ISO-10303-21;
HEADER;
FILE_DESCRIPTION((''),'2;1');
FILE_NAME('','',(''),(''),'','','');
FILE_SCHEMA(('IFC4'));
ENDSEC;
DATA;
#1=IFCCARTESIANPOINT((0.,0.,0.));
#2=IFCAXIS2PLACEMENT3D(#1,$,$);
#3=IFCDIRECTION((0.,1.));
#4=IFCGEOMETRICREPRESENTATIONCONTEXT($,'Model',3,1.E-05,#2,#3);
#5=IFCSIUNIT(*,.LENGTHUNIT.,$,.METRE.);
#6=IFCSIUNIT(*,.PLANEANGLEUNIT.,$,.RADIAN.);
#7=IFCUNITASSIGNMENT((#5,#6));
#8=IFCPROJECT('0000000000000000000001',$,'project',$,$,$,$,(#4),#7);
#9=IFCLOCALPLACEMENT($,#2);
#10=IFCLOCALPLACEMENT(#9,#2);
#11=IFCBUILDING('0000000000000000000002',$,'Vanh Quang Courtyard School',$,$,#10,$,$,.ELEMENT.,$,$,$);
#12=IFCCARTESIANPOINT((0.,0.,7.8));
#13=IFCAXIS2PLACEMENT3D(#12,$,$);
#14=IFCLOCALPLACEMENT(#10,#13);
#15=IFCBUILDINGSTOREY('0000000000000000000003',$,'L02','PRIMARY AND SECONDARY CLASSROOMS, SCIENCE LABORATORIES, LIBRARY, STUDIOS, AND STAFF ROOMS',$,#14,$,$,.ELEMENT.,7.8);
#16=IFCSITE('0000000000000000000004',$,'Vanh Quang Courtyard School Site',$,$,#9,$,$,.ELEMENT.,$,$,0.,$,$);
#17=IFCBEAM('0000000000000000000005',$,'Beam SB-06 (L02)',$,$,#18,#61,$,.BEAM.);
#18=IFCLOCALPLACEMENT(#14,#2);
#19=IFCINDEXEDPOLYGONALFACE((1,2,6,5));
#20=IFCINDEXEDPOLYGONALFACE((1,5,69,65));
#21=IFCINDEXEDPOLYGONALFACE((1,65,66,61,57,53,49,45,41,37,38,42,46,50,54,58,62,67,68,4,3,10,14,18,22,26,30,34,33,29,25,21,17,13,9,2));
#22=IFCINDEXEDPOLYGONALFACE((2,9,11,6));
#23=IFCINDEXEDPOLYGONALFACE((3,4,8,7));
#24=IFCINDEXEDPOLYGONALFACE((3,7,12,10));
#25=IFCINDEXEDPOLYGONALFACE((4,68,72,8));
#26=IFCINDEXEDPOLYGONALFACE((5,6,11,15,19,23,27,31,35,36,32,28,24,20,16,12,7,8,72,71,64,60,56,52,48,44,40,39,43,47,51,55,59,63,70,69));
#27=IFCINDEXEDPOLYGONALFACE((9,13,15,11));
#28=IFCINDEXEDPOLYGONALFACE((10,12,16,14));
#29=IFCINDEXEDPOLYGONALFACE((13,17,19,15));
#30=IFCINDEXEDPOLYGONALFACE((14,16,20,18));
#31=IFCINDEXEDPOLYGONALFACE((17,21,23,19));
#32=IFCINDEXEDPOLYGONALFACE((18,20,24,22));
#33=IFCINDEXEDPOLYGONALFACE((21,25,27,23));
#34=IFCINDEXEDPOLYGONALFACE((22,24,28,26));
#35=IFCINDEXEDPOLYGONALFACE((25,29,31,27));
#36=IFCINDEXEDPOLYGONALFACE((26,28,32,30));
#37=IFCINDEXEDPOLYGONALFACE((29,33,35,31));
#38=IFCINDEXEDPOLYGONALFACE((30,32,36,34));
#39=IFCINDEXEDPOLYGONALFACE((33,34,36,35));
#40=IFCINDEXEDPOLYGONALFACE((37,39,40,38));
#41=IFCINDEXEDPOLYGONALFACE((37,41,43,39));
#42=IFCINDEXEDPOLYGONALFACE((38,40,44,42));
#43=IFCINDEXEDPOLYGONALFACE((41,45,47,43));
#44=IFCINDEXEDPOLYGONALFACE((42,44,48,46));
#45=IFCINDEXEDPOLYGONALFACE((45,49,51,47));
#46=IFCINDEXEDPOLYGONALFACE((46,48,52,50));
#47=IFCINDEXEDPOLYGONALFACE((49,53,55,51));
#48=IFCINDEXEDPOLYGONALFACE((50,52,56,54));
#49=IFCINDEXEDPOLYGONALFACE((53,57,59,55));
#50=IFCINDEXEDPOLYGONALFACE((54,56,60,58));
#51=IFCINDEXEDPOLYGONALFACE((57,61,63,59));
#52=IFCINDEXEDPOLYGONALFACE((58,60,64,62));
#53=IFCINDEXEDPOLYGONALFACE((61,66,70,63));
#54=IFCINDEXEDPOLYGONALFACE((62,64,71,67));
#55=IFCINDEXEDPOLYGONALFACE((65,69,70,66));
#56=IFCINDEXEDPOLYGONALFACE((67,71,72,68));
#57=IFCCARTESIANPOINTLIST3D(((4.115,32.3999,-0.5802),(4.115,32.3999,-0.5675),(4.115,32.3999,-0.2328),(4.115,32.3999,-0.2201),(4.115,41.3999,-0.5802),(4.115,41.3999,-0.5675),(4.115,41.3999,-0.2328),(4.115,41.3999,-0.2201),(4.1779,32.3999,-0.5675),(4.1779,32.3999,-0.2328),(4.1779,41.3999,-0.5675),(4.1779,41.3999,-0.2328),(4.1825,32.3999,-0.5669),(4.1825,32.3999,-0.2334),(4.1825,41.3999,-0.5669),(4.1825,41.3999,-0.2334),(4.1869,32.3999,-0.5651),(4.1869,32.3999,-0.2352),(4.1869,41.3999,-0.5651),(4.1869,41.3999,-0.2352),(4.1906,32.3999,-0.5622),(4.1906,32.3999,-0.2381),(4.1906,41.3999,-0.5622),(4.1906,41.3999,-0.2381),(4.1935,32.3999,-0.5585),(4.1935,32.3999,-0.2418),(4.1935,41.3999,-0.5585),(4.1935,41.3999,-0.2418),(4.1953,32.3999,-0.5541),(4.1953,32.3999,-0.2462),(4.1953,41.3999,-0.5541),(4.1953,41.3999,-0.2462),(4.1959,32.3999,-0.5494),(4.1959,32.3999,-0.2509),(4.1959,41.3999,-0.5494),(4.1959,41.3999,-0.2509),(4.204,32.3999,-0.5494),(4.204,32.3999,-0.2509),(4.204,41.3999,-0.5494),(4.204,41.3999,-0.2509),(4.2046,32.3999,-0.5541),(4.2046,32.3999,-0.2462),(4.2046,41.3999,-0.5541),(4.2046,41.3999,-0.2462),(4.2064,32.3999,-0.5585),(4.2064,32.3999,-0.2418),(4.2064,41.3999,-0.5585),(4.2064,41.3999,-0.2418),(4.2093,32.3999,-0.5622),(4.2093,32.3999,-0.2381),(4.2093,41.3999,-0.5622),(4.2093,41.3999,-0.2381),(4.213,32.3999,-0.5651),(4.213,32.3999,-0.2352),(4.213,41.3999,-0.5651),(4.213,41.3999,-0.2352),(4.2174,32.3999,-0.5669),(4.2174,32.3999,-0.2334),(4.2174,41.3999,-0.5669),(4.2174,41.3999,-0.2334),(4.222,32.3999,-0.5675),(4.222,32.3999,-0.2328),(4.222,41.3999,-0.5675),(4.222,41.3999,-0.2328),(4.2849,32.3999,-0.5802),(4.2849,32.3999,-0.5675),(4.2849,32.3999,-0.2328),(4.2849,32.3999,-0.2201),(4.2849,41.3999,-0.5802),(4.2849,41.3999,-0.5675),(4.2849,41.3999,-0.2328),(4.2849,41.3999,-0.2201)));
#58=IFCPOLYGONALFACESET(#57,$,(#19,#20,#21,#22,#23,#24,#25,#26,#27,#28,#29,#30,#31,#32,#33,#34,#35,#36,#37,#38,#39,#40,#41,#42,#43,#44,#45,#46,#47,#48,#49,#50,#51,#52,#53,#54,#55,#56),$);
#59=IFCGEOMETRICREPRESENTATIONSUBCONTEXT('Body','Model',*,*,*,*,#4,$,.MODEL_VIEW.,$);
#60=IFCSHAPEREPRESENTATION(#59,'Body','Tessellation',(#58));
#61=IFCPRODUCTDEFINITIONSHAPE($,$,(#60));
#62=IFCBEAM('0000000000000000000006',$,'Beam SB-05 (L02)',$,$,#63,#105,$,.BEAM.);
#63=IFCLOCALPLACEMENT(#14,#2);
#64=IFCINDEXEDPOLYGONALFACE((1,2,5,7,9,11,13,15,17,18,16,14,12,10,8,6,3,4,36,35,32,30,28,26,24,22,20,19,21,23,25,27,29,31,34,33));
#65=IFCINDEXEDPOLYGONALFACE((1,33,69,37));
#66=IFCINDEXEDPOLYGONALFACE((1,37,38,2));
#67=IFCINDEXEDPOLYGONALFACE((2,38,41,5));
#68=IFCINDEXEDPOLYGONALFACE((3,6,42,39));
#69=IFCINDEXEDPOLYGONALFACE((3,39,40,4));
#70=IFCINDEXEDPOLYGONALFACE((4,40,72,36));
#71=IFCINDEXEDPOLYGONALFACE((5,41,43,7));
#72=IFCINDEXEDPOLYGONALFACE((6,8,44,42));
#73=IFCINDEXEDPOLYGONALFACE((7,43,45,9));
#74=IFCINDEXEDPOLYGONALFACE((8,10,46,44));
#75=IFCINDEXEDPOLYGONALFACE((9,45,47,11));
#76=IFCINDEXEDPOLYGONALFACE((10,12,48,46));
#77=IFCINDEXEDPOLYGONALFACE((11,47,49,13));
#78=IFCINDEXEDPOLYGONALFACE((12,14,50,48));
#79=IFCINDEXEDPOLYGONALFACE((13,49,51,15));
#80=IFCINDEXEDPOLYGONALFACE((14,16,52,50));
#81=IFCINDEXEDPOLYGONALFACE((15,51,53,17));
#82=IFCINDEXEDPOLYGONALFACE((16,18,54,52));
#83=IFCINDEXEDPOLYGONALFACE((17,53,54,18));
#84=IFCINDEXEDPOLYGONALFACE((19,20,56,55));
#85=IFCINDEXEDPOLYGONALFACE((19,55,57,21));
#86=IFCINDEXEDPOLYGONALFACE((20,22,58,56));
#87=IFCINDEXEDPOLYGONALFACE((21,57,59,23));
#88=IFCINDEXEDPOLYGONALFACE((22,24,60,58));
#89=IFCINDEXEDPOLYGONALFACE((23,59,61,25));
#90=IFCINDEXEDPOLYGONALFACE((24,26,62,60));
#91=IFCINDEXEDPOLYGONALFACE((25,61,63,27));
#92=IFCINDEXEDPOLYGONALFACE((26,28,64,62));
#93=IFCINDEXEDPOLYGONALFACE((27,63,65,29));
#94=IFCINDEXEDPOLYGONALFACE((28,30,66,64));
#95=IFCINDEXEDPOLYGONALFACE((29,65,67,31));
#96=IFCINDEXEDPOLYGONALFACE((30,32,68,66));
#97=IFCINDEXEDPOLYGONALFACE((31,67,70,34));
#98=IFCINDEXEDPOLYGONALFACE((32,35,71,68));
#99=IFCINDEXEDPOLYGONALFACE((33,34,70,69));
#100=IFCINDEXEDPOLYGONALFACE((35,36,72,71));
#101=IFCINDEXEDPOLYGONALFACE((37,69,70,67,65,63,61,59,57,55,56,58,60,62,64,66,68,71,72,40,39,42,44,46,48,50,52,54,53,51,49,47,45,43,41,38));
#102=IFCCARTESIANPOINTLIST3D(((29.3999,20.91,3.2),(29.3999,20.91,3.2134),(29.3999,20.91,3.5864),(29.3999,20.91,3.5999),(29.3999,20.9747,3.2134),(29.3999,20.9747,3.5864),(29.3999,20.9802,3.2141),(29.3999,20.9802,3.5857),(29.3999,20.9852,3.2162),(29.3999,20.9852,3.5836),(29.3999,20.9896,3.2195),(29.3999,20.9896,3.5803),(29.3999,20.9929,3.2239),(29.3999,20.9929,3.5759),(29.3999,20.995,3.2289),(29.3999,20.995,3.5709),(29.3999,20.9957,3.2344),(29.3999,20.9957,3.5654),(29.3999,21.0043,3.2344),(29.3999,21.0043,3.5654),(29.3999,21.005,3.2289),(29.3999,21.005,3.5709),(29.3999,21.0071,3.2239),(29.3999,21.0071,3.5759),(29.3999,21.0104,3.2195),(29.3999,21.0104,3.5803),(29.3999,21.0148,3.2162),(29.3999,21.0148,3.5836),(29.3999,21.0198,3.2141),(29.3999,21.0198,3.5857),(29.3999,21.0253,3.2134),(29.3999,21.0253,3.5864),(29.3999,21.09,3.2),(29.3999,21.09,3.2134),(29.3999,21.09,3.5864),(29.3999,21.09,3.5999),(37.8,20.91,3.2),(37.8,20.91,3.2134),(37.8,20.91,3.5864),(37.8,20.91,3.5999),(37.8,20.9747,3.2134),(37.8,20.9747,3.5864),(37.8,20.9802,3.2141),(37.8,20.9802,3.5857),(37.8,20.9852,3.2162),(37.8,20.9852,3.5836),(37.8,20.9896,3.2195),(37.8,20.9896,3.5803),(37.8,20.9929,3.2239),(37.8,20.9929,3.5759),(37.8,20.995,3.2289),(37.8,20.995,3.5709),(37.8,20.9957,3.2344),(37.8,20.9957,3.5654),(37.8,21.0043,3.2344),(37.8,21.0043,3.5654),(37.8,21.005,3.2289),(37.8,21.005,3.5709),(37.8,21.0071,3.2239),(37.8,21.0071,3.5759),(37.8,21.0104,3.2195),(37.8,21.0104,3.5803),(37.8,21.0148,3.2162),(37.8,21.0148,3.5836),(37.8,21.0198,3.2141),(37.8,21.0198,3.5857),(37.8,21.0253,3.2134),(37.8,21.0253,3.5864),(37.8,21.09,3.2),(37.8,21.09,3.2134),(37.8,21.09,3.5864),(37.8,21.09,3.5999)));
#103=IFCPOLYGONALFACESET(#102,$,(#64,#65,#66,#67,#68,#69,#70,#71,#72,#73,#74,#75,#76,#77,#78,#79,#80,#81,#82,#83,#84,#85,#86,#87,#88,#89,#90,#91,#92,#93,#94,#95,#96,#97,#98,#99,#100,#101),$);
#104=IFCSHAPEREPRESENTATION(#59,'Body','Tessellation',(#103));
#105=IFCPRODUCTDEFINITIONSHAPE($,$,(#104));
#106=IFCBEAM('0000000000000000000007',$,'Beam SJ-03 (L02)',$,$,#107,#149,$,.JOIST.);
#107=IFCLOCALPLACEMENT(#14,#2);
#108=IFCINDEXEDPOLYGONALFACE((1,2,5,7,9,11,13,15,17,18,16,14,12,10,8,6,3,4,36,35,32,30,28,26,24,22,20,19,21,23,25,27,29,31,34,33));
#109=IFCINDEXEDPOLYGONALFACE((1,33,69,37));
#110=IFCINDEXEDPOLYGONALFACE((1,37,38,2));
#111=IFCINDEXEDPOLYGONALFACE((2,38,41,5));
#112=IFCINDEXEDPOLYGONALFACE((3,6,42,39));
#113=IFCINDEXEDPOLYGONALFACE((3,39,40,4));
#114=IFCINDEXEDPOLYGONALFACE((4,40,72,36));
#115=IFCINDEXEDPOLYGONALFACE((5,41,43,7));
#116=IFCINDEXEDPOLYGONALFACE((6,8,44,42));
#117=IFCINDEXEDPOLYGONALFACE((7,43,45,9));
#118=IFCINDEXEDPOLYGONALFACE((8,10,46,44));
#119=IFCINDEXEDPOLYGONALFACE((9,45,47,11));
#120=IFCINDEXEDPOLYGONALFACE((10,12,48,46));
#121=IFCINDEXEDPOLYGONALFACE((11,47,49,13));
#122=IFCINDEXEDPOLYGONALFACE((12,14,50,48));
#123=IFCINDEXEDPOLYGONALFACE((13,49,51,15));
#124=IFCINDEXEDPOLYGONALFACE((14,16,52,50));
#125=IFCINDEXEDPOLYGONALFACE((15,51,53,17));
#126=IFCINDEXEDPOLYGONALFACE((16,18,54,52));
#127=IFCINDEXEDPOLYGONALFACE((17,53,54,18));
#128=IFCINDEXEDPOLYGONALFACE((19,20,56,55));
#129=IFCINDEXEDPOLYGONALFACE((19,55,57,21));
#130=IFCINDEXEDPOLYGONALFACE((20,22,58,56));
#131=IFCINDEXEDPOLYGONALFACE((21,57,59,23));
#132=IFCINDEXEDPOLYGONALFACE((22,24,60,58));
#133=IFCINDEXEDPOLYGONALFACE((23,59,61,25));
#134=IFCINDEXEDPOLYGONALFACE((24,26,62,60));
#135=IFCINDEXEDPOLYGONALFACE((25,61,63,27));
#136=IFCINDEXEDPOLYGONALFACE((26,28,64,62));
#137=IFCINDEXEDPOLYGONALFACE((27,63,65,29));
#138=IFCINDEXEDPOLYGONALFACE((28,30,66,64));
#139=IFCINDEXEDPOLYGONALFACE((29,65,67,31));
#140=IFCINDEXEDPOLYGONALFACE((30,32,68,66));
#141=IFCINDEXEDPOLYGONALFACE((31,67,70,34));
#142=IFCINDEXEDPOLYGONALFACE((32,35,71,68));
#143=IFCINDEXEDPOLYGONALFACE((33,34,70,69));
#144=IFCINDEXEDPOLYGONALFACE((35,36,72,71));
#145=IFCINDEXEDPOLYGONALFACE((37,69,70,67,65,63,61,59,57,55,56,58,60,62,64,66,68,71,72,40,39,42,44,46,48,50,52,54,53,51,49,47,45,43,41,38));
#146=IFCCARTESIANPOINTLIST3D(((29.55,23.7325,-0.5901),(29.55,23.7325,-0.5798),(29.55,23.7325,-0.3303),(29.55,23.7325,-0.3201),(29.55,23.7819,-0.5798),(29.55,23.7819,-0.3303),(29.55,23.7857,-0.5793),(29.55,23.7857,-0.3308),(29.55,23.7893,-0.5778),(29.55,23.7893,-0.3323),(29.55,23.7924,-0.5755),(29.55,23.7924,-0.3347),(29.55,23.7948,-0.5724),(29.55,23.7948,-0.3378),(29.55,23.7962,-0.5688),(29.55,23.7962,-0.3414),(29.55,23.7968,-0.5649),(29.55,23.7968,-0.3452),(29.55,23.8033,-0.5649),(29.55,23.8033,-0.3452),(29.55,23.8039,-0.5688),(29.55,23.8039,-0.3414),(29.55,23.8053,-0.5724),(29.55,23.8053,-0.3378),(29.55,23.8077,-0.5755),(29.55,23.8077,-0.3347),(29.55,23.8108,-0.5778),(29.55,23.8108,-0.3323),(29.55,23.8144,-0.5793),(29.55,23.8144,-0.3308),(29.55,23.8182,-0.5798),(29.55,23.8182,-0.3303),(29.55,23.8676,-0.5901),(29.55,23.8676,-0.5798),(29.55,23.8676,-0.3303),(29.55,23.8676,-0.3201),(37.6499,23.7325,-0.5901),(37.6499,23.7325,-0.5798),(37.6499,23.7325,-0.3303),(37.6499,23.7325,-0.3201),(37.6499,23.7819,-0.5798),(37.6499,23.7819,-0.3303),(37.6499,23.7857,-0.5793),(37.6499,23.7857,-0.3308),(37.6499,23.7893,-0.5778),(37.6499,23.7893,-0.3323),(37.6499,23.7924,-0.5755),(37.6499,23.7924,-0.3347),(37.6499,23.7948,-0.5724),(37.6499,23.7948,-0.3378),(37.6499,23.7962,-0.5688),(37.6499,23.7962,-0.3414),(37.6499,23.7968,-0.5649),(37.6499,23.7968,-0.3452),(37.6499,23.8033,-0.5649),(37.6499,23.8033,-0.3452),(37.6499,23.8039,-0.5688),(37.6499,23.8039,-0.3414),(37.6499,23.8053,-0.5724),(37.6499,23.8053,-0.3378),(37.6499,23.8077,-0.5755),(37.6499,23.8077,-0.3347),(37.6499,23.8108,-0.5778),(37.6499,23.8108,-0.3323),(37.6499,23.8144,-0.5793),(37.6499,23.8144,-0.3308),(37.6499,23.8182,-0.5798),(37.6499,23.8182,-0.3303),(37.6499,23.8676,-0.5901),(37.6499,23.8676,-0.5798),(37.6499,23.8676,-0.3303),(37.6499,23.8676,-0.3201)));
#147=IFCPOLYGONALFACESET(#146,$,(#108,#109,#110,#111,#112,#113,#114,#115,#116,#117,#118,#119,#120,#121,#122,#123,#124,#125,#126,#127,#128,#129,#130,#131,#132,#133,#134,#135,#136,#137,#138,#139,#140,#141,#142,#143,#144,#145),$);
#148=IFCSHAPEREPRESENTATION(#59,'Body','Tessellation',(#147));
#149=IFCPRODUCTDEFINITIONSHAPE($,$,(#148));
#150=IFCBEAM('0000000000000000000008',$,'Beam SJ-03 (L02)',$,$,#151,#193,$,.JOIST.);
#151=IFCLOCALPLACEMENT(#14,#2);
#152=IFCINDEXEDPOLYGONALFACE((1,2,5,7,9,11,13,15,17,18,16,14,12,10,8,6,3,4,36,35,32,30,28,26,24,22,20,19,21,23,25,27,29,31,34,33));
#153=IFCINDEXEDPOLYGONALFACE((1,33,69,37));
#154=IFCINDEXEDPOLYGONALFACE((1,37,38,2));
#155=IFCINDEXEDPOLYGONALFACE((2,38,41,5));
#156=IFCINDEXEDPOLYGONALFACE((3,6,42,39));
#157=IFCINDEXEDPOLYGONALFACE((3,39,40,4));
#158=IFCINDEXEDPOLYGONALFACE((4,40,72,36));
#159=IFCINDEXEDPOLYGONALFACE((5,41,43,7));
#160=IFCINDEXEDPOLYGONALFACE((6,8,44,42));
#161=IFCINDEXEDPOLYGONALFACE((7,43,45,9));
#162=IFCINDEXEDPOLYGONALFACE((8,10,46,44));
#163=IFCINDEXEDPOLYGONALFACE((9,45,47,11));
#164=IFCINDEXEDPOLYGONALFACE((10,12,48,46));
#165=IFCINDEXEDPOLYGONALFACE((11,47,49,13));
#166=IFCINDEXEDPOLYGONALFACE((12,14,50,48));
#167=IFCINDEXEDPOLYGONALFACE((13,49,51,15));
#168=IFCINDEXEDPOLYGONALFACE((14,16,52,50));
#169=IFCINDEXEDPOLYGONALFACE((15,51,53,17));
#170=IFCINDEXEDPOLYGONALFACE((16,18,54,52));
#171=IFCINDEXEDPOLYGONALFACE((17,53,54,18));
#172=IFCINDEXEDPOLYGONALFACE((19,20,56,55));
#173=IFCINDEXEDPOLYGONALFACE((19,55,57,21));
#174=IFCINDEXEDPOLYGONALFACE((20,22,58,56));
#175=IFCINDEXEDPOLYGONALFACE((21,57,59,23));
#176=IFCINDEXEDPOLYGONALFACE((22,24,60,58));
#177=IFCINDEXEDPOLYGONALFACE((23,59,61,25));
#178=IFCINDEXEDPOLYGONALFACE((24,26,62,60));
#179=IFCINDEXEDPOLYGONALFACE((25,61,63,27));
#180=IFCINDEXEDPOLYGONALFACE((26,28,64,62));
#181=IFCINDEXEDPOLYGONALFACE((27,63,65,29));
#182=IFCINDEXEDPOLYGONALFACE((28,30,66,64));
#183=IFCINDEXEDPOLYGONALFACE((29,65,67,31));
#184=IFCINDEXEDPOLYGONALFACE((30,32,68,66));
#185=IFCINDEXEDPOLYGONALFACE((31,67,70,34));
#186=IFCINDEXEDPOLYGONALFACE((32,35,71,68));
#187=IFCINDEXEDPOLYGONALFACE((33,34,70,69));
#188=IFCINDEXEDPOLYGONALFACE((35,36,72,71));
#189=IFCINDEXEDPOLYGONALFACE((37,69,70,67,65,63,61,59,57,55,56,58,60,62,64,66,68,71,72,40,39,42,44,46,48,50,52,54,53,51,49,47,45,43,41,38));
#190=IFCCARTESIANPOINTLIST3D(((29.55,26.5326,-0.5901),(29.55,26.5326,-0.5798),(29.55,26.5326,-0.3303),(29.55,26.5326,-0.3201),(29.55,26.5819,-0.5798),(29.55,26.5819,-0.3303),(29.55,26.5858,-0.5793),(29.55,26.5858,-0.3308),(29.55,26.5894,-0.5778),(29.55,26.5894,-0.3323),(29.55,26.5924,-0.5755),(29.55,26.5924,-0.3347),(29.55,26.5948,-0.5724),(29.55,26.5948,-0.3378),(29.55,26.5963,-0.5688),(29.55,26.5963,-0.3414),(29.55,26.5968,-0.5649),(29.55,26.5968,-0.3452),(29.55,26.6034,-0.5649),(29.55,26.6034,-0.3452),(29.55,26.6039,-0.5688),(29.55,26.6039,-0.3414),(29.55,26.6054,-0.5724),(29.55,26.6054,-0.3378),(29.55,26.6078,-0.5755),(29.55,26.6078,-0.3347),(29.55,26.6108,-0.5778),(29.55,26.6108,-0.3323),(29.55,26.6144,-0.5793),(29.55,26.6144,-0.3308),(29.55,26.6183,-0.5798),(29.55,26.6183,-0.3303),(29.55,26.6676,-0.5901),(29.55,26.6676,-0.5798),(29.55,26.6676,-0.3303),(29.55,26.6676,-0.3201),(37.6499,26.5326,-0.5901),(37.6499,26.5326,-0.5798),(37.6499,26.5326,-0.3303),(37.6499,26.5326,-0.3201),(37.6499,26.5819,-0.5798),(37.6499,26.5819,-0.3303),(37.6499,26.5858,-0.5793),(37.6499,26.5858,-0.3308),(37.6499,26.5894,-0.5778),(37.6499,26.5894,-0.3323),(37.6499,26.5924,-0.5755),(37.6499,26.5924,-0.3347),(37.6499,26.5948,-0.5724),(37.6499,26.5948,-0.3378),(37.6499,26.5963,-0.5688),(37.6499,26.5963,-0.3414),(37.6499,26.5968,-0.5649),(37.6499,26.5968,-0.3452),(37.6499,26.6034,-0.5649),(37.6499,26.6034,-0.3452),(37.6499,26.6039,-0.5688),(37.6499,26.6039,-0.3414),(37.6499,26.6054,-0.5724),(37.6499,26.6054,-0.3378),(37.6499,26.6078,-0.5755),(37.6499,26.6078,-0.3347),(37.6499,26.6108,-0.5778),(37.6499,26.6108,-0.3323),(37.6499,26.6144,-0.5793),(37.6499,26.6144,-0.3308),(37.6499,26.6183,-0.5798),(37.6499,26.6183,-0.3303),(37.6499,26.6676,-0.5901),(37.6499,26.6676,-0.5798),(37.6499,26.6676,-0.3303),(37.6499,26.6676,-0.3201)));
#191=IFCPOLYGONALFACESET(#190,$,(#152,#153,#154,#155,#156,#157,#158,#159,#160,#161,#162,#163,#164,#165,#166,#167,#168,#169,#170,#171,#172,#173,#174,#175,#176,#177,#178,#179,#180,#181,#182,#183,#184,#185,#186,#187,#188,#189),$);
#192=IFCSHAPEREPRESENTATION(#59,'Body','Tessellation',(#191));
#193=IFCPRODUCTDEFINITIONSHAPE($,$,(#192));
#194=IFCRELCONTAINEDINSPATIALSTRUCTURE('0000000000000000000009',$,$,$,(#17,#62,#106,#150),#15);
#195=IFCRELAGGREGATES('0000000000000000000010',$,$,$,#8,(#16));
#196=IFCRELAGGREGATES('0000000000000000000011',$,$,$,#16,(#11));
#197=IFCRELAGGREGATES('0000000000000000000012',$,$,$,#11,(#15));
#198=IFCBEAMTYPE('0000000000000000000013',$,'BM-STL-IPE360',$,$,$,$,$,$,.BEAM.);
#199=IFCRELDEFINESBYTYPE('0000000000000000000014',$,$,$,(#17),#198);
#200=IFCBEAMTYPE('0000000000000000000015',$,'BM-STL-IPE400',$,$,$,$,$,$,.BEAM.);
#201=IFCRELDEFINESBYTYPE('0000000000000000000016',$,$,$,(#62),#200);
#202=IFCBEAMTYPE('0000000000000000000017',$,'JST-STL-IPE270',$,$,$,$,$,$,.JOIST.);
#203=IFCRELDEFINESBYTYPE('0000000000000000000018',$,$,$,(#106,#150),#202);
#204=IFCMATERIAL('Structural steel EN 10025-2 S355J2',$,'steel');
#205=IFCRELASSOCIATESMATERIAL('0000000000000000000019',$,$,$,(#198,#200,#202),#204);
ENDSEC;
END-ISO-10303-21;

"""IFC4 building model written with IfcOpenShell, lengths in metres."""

from ifc_helpers import new_model, si_unit, direction, frame, origin, origin_2d, place, context, subcontext, project, spatial, i_section, extrude, material, material_profile, profile_set, type_object, element, save


model = new_model("IFC4")

# Units and contexts
model_context = context("Model", 3, precision=1e-05, world=origin(), true_north=direction((0.0, 1.0)))
body_context = subcontext(model_context, "Body", "Model", "MODEL_VIEW")
ifc_project = project(units=[si_unit("LENGTHUNIT", "METRE"), si_unit("PLANEANGLEUNIT", "RADIAN")], contexts=[model_context])

# Site, building, storey
site_placement = place(None, origin())
site = spatial("IfcSite", under=ifc_project, at=site_placement, Name="Vanh Quang Courtyard School Site", CompositionType="ELEMENT", RefElevation=0.0)
building_placement = place(site_placement, origin())
building = spatial("IfcBuilding", under=site, at=building_placement, Name="Vanh Quang Courtyard School", CompositionType="ELEMENT")
storey_placement = place(building_placement, frame((0.0, 0.0, 7.8)))
storey = spatial("IfcBuildingStorey", under=building, at=storey_placement, Name="L02", Description="PRIMARY AND SECONDARY CLASSROOMS, SCIENCE LABORATORIES, LIBRARY, STUDIOS, AND STAFF ROOMS", CompositionType="ELEMENT", Elevation=7.8)

# Beams
ifc_material_1 = material(Name="Structural steel EN 10025-2 S355J2", Category="steel")
ifc_material_profile_1 = material_profile(ifc_material_1, i_section(OverallWidth=0.1699, OverallDepth=0.3601, WebThickness=0.0081, FlangeThickness=0.0127, FilletRadius=0.0181, at=origin_2d()), Name="IPE 360")
ifc_profile_set_1 = profile_set([ifc_material_profile_1], Name="Structural steel EN 10025-2 S355J2")
beam_type_1 = type_object("IfcBeamType", Name="BM-STL-IPE360", PredefinedType="BEAM", material=ifc_profile_set_1)
beam_1_placement = place(storey_placement, frame((4.2, 32.3999, -0.4001), z_axis=(0.0, 1.0, 0.0), x_axis=(-1.0, 0.0, 0.0)))
element("IfcBeam", 1, at=beam_1_placement, inside=storey, type_object=beam_type_1, Name="Beam SB-06 (L02)", PredefinedType="BEAM", context=body_context, shape_type="SweptSolid", body=[
    extrude(i_section(OverallWidth=0.1699, OverallDepth=0.3601, WebThickness=0.0081, FlangeThickness=0.0127, FilletRadius=0.0181, at=origin_2d()), origin(), (0.0, 0.0, 1.0), 9.0),
])
ifc_material_profile_2 = material_profile(ifc_material_1, i_section(OverallWidth=0.1799, OverallDepth=0.3999, WebThickness=0.0085, FlangeThickness=0.0134, FilletRadius=0.021, at=origin_2d()), Name="IPE 400")
ifc_profile_set_2 = profile_set([ifc_material_profile_2], Name="Structural steel EN 10025-2 S355J2")
beam_type_2 = type_object("IfcBeamType", Name="BM-STL-IPE400", PredefinedType="BEAM", material=ifc_profile_set_2)
beam_2_placement = place(storey_placement, frame((29.3999, 21.0, 3.3999), z_axis=(1.0, 0.0, 0.0), x_axis=(0.0, 1.0, 0.0)))
element("IfcBeam", 2, at=beam_2_placement, inside=storey, type_object=beam_type_2, Name="Beam SB-05 (L02)", PredefinedType="BEAM", context=body_context, shape_type="SweptSolid", body=[
    extrude(i_section(OverallWidth=0.1799, OverallDepth=0.3999, WebThickness=0.0085, FlangeThickness=0.0134, FilletRadius=0.021, at=origin_2d()), origin(), (0.0, 0.0, 1.0), 8.4001),
])
ifc_material_profile_3 = material_profile(ifc_material_1, i_section(OverallWidth=0.135, OverallDepth=0.27, WebThickness=0.0066, FlangeThickness=0.0103, FilletRadius=0.0149, at=origin_2d()), Name="IPE 270")
ifc_profile_set_3 = profile_set([ifc_material_profile_3], Name="Structural steel EN 10025-2 S355J2")
beam_type_3 = type_object("IfcBeamType", Name="JST-STL-IPE270", PredefinedType="JOIST", material=ifc_profile_set_3)
for number, where, z_axis, x_axis, name in (
    (3, (29.55, 23.8, -0.4551), (1.0, 0.0, 0.0), (0.0, 1.0, 0.0), "Beam SJ-03 (L02)"),
    (4, (29.55, 26.6001, -0.4551), (1.0, 0.0, 0.0), (0.0, 1.0, 0.0), "Beam SJ-03 (L02)"),
):
    element("IfcBeam", number, at=place(storey_placement, frame(where, z_axis=z_axis, x_axis=x_axis)), inside=storey, type_object=beam_type_3, Name=name, PredefinedType="JOIST", context=body_context, shape_type="SweptSolid", body=[
        extrude(i_section(OverallWidth=0.135, OverallDepth=0.27, WebThickness=0.0066, FlangeThickness=0.0103, FilletRadius=0.0149, at=origin_2d()), origin(), (0.0, 0.0, 1.0), 8.0999),
    ])

save(model, "model.ifc")
